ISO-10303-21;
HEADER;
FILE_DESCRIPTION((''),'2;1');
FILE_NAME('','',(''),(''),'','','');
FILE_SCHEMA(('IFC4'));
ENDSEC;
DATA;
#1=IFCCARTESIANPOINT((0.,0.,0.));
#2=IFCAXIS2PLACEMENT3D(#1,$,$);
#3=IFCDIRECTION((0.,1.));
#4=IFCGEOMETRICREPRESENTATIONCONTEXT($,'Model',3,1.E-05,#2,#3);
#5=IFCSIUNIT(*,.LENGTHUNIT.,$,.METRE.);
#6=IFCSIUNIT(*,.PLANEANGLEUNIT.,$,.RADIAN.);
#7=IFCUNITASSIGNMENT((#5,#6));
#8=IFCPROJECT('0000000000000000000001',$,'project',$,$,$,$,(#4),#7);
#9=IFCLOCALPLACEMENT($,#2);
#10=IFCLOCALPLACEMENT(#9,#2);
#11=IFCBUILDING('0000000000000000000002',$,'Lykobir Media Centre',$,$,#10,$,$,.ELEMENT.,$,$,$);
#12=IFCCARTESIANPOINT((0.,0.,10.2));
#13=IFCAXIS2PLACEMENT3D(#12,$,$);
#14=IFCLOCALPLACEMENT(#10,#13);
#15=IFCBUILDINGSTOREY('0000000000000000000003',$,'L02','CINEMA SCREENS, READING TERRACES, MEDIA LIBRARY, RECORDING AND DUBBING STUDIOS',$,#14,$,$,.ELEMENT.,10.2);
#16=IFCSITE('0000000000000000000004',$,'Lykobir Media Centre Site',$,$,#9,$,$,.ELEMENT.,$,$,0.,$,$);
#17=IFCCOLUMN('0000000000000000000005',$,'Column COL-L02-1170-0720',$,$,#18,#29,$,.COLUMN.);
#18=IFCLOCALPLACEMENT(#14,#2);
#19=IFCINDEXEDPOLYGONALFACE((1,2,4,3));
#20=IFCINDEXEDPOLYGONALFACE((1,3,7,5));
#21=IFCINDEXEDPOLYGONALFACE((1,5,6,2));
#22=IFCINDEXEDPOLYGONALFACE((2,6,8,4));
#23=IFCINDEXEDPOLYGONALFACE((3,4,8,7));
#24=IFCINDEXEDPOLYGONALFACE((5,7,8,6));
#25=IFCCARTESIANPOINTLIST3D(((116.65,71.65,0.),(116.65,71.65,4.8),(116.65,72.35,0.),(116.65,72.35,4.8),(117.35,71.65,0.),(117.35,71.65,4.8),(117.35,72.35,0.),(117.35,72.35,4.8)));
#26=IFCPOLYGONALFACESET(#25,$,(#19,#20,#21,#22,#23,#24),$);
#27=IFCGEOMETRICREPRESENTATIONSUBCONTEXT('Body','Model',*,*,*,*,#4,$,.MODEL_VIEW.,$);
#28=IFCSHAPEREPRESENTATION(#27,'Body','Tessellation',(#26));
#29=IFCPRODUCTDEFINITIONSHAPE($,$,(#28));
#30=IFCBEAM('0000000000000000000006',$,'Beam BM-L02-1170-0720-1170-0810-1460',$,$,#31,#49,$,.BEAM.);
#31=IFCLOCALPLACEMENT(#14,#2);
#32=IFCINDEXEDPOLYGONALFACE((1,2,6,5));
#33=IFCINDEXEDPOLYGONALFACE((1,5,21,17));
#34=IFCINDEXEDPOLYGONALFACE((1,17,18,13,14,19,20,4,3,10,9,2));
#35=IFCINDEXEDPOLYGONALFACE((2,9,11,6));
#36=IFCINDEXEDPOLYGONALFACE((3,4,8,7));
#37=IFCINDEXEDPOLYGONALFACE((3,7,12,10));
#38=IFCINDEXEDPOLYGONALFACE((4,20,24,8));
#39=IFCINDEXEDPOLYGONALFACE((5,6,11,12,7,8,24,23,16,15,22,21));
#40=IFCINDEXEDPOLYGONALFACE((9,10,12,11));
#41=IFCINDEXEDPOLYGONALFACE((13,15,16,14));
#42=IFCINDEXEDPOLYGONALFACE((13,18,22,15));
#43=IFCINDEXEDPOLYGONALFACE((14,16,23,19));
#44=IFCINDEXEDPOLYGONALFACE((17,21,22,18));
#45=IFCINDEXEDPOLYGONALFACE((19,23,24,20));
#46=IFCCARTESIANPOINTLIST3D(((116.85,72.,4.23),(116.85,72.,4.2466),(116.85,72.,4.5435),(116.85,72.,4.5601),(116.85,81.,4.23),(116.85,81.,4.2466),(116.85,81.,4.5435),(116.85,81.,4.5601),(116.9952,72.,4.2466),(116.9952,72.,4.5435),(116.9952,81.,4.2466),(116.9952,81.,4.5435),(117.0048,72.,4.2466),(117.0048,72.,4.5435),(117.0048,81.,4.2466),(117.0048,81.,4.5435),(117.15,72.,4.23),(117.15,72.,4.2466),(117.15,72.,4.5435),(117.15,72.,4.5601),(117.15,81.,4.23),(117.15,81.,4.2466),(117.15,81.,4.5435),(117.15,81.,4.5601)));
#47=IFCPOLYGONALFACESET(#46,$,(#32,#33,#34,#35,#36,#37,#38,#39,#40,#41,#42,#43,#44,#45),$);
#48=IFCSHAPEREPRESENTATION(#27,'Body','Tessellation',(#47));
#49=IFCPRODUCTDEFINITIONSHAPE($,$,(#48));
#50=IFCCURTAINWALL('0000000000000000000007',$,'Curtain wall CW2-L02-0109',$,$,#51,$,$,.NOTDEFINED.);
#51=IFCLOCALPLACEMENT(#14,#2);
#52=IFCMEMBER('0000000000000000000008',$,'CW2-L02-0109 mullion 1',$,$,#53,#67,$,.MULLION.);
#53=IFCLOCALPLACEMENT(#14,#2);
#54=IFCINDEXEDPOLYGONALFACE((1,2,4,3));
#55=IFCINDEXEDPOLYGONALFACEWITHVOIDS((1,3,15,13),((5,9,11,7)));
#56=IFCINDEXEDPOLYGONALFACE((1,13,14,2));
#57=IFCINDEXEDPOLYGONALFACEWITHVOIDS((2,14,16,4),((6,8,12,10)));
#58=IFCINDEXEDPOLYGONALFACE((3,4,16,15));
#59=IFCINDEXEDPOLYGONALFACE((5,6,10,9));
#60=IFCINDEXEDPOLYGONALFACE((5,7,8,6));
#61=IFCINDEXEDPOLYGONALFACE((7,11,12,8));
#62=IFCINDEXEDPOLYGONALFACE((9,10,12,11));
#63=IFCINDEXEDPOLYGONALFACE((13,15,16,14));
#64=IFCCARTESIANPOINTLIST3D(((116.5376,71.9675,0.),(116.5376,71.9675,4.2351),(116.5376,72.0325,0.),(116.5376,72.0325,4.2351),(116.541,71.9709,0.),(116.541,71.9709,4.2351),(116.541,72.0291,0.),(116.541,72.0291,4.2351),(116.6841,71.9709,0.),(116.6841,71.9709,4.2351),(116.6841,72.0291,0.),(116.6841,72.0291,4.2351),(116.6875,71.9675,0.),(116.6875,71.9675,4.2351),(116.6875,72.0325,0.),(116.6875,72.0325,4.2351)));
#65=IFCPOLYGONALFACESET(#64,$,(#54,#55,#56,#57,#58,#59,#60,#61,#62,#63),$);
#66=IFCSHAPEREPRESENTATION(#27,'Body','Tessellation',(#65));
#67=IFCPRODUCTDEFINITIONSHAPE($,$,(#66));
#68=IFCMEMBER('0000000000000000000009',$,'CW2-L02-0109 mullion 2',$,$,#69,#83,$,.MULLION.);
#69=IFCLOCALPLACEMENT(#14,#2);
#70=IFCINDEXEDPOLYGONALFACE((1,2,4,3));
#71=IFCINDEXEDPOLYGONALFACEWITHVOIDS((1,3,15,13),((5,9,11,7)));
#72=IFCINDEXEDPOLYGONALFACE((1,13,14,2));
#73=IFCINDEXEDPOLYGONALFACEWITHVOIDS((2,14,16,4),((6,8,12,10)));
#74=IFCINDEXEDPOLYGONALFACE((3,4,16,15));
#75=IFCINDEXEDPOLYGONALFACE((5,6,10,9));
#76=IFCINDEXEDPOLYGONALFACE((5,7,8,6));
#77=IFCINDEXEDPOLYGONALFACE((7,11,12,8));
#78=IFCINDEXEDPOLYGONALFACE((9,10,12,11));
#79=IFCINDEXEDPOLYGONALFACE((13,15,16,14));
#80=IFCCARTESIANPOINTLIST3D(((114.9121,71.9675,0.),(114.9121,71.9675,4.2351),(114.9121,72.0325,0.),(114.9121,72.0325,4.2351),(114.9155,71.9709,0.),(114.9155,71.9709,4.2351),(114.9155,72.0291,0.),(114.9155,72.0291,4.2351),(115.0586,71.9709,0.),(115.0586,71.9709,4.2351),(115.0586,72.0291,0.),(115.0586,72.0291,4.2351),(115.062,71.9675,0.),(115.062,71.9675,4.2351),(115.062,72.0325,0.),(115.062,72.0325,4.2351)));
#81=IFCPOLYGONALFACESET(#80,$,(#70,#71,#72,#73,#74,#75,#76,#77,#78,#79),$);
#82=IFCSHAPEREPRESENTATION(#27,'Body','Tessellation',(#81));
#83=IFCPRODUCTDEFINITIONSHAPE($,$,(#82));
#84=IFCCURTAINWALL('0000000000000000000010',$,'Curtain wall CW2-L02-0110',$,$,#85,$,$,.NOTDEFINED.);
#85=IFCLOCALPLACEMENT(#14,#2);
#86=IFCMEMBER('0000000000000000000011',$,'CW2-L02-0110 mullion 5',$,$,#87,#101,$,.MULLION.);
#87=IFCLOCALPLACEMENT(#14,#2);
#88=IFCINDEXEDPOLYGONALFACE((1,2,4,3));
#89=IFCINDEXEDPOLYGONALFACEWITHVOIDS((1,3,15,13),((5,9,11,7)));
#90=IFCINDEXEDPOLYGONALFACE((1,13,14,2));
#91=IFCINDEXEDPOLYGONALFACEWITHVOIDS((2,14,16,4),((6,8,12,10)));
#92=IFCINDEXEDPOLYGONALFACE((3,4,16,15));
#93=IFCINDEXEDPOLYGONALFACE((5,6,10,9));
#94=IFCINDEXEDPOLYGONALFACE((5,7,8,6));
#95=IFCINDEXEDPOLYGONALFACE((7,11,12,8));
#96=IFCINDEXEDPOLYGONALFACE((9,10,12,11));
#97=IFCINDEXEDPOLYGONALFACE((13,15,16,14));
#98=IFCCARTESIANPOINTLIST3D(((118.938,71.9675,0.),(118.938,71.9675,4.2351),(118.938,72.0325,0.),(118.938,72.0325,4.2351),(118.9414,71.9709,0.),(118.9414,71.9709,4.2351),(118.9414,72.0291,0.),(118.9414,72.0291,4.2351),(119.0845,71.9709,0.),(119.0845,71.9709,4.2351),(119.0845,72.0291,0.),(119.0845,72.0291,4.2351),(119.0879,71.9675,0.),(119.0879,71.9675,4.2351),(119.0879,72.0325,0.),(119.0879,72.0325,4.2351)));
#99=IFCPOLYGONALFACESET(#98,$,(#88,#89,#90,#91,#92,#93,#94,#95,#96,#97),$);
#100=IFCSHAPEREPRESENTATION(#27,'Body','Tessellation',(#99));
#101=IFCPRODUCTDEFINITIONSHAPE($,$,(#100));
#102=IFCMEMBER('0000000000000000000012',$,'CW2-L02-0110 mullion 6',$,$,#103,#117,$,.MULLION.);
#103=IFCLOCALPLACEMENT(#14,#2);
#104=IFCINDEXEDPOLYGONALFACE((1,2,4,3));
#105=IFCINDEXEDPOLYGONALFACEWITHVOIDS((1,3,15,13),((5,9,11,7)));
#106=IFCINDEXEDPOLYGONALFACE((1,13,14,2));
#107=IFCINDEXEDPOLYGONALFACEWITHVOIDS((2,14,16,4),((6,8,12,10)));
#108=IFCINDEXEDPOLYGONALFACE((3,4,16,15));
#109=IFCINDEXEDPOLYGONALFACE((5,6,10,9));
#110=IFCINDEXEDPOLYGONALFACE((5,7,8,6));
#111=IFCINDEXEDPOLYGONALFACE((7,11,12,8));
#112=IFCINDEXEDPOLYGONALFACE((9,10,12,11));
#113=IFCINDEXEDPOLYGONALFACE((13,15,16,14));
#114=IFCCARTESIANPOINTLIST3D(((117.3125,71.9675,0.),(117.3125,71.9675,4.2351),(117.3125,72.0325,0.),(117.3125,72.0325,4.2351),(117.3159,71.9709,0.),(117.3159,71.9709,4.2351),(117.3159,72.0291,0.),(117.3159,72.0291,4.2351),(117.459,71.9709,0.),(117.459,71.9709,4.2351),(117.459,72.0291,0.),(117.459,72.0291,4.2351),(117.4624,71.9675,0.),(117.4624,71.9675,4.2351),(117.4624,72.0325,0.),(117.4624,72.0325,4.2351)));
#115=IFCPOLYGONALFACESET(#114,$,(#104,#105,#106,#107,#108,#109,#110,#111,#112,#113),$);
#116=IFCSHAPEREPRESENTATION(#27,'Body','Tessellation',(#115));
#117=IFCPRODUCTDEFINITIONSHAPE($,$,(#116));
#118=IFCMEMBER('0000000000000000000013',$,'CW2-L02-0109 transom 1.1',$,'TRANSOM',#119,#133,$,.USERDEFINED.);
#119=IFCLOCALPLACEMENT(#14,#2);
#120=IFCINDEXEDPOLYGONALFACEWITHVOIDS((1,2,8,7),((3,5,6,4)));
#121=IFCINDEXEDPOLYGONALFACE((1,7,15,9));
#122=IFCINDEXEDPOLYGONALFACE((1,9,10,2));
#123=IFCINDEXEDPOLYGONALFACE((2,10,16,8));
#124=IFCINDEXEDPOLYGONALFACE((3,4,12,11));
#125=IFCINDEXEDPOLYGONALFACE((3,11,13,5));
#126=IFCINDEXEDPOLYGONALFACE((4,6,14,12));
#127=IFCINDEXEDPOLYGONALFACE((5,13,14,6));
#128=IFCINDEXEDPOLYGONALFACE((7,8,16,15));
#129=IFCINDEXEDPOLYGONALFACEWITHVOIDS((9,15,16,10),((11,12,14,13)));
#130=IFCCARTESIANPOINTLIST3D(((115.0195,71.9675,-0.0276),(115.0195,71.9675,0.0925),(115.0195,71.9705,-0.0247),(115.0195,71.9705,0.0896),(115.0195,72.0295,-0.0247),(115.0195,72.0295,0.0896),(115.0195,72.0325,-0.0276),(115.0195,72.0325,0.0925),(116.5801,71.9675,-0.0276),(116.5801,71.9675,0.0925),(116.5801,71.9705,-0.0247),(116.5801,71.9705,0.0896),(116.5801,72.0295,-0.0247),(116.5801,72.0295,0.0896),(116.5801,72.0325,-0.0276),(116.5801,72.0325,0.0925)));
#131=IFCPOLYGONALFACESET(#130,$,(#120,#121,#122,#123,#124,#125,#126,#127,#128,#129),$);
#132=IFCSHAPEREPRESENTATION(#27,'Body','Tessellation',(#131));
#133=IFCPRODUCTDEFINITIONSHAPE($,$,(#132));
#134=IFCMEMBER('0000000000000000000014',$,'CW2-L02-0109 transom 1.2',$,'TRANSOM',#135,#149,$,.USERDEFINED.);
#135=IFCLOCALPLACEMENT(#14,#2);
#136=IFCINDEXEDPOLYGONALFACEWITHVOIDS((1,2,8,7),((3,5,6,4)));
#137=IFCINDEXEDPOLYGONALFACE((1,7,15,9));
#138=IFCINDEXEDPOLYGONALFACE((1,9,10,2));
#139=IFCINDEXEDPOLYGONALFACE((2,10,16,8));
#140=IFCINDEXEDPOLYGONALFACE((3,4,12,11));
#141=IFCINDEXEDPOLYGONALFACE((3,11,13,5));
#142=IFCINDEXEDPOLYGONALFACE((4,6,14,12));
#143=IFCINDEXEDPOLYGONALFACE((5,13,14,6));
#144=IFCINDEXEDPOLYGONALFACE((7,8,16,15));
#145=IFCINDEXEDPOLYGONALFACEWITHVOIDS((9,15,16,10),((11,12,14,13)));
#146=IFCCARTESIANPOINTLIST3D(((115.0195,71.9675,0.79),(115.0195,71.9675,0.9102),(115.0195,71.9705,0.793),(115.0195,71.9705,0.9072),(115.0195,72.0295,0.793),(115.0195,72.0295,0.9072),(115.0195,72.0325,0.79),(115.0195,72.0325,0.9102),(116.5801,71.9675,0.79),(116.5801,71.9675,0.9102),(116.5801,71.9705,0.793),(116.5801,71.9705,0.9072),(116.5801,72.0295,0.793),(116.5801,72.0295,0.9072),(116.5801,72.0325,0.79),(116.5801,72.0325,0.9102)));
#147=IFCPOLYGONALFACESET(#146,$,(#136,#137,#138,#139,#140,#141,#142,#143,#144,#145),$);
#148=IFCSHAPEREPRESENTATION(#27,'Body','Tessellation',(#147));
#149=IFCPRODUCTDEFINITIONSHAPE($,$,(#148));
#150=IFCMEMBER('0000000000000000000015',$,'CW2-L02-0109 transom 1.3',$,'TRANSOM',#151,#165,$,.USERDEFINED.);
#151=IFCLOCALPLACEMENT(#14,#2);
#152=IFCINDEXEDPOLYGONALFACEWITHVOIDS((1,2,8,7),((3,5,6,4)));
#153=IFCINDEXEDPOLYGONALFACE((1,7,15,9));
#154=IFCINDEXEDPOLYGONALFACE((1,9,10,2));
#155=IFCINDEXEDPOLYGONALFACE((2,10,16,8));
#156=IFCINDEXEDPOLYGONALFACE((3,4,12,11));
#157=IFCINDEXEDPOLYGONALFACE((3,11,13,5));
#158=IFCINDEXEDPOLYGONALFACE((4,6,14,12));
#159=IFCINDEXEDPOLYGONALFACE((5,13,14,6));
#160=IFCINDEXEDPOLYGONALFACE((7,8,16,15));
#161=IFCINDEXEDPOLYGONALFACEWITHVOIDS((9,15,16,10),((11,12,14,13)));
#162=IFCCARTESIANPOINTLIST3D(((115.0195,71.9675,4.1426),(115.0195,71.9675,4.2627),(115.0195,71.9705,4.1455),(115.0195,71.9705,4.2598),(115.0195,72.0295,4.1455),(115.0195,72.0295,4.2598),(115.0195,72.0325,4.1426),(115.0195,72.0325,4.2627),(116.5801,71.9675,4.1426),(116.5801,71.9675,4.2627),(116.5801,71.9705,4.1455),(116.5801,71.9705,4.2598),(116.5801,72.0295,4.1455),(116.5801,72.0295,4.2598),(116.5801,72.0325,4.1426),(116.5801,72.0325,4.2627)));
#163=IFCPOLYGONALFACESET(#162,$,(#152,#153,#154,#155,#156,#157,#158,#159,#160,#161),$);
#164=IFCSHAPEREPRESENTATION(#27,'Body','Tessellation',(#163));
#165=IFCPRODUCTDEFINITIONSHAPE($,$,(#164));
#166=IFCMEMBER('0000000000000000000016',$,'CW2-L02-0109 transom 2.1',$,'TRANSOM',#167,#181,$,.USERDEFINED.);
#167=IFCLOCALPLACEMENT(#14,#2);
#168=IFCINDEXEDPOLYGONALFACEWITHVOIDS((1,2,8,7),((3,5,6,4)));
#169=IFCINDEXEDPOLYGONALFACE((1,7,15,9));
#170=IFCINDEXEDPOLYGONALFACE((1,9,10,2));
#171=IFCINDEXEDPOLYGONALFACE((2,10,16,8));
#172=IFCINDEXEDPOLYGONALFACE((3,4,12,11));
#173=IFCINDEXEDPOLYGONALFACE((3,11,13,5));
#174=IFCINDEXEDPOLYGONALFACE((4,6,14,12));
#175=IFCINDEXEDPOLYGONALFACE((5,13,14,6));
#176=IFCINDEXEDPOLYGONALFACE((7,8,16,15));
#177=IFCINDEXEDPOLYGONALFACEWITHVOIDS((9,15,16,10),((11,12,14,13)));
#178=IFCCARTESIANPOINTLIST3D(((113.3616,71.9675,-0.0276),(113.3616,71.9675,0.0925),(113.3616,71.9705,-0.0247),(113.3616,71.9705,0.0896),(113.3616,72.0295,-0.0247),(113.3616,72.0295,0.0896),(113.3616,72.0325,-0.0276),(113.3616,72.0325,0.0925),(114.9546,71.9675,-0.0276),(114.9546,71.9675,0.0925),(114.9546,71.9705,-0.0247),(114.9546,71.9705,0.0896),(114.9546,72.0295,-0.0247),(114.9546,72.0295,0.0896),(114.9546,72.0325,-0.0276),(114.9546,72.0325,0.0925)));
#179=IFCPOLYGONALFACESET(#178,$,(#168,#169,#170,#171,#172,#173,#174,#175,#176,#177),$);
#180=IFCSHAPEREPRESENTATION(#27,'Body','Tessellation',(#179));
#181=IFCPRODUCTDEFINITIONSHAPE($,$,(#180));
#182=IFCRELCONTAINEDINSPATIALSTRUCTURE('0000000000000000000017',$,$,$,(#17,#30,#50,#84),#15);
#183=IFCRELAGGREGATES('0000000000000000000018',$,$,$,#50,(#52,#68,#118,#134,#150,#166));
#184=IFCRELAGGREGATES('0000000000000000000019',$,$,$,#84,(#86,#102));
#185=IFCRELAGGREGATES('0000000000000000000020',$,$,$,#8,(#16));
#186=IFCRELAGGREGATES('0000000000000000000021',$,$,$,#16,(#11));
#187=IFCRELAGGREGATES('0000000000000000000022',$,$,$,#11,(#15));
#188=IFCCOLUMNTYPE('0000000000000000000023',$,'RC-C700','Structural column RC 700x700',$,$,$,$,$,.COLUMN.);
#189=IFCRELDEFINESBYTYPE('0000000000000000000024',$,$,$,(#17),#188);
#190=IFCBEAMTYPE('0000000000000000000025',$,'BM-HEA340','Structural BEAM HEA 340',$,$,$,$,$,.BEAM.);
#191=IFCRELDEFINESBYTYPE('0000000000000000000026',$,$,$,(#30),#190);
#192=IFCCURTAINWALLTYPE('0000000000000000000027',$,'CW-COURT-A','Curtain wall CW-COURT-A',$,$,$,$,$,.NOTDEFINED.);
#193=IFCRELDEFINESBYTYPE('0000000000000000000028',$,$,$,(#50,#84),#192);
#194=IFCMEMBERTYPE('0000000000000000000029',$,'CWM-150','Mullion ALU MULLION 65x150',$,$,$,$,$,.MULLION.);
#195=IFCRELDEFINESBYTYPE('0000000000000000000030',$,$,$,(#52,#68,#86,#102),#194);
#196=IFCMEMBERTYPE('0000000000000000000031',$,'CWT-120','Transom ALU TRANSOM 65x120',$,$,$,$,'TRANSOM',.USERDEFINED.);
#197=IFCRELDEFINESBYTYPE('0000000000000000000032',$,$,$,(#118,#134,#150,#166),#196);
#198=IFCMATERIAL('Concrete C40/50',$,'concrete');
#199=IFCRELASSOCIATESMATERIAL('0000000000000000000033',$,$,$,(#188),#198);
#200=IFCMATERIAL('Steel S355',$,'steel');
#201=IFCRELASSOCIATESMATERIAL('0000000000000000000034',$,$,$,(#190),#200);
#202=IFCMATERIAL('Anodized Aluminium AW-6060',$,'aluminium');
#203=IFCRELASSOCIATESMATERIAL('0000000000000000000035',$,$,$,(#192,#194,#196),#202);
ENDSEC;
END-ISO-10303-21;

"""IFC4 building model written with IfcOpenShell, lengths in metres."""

from ifc_helpers import new_model, si_unit, direction, frame, origin, origin_2d, place, context, subcontext, project, spatial, rectangle, hollow_rectangle, i_section, extrude, material, material_profile, profile_set, type_object, element, aggregate, save


model = new_model("IFC4")

# Units and contexts
model_context = context("Model", 3, precision=1e-05, world=origin(), true_north=direction((0.0, 1.0)))
body_context = subcontext(model_context, "Body", "Model", "MODEL_VIEW")
ifc_project = project(units=[si_unit("LENGTHUNIT", "METRE"), si_unit("PLANEANGLEUNIT", "RADIAN")], contexts=[model_context])

# Site, building, storey
site_placement = place(None, origin())
site = spatial("IfcSite", under=ifc_project, at=site_placement, Name="Lykobir Media Centre Site", CompositionType="ELEMENT", RefElevation=0.0)
building_placement = place(site_placement, origin())
building = spatial("IfcBuilding", under=site, at=building_placement, Name="Lykobir Media Centre", CompositionType="ELEMENT")
storey_placement = place(building_placement, frame((0.0, 0.0, 10.2)))
storey = spatial("IfcBuildingStorey", under=building, at=storey_placement, Name="L02", Description="CINEMA SCREENS, READING TERRACES, MEDIA LIBRARY, RECORDING AND DUBBING STUDIOS", CompositionType="ELEMENT", Elevation=10.2)

# Column
ifc_material_1 = material(Name="Concrete C40/50", Category="concrete")
ifc_material_profile_1 = material_profile(ifc_material_1, rectangle(XDim=0.7, YDim=0.7, at=origin_2d()), Name="RC 700x700")
ifc_profile_set_1 = profile_set([ifc_material_profile_1], Name="Concrete C40/50")
column_type = type_object("IfcColumnType", Name="RC-C700", Description="Structural column RC 700x700", PredefinedType="COLUMN", material=ifc_profile_set_1)
column_placement = place(storey_placement, frame((117.0, 72.0, 0.0), z_axis=(0.0, 0.0, 1.0), x_axis=(1.0, 0.0, 0.0)))
element("IfcColumn", 1, at=column_placement, inside=storey, type_object=column_type, Name="Column COL-L02-1170-0720", PredefinedType="COLUMN", context=body_context, shape_type="SweptSolid", body=[
    extrude(rectangle(XDim=0.7, YDim=0.7, at=origin_2d()), origin(), (0.0, 0.0, 1.0), 4.8),
])

# Beam
ifc_material_2 = material(Name="Steel S355", Category="steel")
ifc_material_profile_2 = material_profile(ifc_material_2, i_section(OverallWidth=0.3, OverallDepth=0.3301, WebThickness=0.0095, FlangeThickness=0.0166, at=origin_2d()), Name="HEA 340")
ifc_profile_set_2 = profile_set([ifc_material_profile_2], Name="Steel S355")
beam_type_1 = type_object("IfcBeamType", Name="BM-HEA340", Description="Structural BEAM HEA 340", PredefinedType="BEAM", material=ifc_profile_set_2)
beam_1_placement = place(storey_placement, frame((117.0, 72.0, 4.395), z_axis=(0.0, 1.0, 0.0), x_axis=(-1.0, 0.0, 0.0)))
element("IfcBeam", 2, at=beam_1_placement, inside=storey, type_object=beam_type_1, Name="Beam BM-L02-1170-0720-1170-0810-1460", PredefinedType="BEAM", context=body_context, shape_type="SweptSolid", body=[
    extrude(i_section(OverallWidth=0.3, OverallDepth=0.3301, WebThickness=0.0095, FlangeThickness=0.0166, at=origin_2d()), origin(), (0.0, 0.0, 1.0), 9.0),
])

# Curtain walls, members
ifc_material_3 = material(Name="Anodized Aluminium AW-6060", Category="aluminium")
curtain_wall_type = type_object("IfcCurtainWallType", Name="CW-COURT-A", Description="Curtain wall CW-COURT-A", PredefinedType="NOTDEFINED", material=ifc_material_3)
curtain_wall_1_placement = place(storey_placement, origin())
curtain_wall_1 = element("IfcCurtainWall", 3, at=curtain_wall_1_placement, inside=storey, type_object=curtain_wall_type, Name="Curtain wall CW2-L02-0109", PredefinedType="NOTDEFINED")
ifc_material_profile_3 = material_profile(ifc_material_3, hollow_rectangle(XDim=0.0649, YDim=0.1499, WallThickness=0.0034, at=origin_2d()), Name="ALU MULLION 65x150")
ifc_profile_set_3 = profile_set([ifc_material_profile_3], Name="Anodized Aluminium AW-6060")
member_type_1 = type_object("IfcMemberType", Name="CWM-150", Description="Mullion ALU MULLION 65x150", PredefinedType="MULLION", material=ifc_profile_set_3)
member_1_placement = place(storey_placement, frame((116.6125, 72.0, 0.0), z_axis=(0.0, 0.0, 1.0), x_axis=(0.0, -1.0, 0.0)))
member_1 = element("IfcMember", 4, at=member_1_placement, type_object=member_type_1, Name="CW2-L02-0109 mullion 1", PredefinedType="MULLION", context=body_context, shape_type="SweptSolid", body=[
    extrude(hollow_rectangle(XDim=0.0649, YDim=0.1499, WallThickness=0.0034, at=origin_2d()), origin(), (0.0, 0.0, 1.0), 4.2351),
])
member_2_placement = place(storey_placement, frame((114.9871, 72.0, 0.0), z_axis=(0.0, 0.0, 1.0), x_axis=(0.0, -1.0, 0.0)))
member_2 = element("IfcMember", 5, at=member_2_placement, type_object=member_type_1, Name="CW2-L02-0109 mullion 2", PredefinedType="MULLION", context=body_context, shape_type="SweptSolid", body=[
    extrude(hollow_rectangle(XDim=0.0649, YDim=0.1499, WallThickness=0.0034, at=origin_2d()), origin(), (0.0, 0.0, 1.0), 4.2351),
])
curtain_wall_2_placement = place(storey_placement, origin())
curtain_wall_2 = element("IfcCurtainWall", 6, at=curtain_wall_2_placement, inside=storey, type_object=curtain_wall_type, Name="Curtain wall CW2-L02-0110", PredefinedType="NOTDEFINED")
member_3_placement = place(storey_placement, frame((119.0129, 72.0, 0.0), z_axis=(0.0, 0.0, 1.0), x_axis=(0.0, -1.0, 0.0)))
member_3 = element("IfcMember", 7, at=member_3_placement, type_object=member_type_1, Name="CW2-L02-0110 mullion 5", PredefinedType="MULLION", context=body_context, shape_type="SweptSolid", body=[
    extrude(hollow_rectangle(XDim=0.0649, YDim=0.1499, WallThickness=0.0034, at=origin_2d()), origin(), (0.0, 0.0, 1.0), 4.2351),
])
member_4_placement = place(storey_placement, frame((117.3875, 72.0, 0.0), z_axis=(0.0, 0.0, 1.0), x_axis=(0.0, -1.0, 0.0)))
member_4 = element("IfcMember", 8, at=member_4_placement, type_object=member_type_1, Name="CW2-L02-0110 mullion 6", PredefinedType="MULLION", context=body_context, shape_type="SweptSolid", body=[
    extrude(hollow_rectangle(XDim=0.0649, YDim=0.1499, WallThickness=0.0034, at=origin_2d()), origin(), (0.0, 0.0, 1.0), 4.2351),
])

# Members
ifc_material_profile_4 = material_profile(ifc_material_3, hollow_rectangle(XDim=0.0649, YDim=0.1201, WallThickness=0.0029, at=origin_2d()), Name="ALU TRANSOM 65x120")
ifc_profile_set_4 = profile_set([ifc_material_profile_4], Name="Anodized Aluminium AW-6060")
member_type_2 = type_object("IfcMemberType", Name="CWT-120", Description="Transom ALU TRANSOM 65x120", ElementType="TRANSOM", PredefinedType="USERDEFINED", material=ifc_profile_set_4)
member_5_placement = place(storey_placement, frame((116.5801, 72.0, 0.0325), z_axis=(-1.0, 0.0, 0.0), x_axis=(0.0, -1.0, 0.0)))
member_5 = element("IfcMember", 9, at=member_5_placement, type_object=member_type_2, Name="CW2-L02-0109 transom 1.1", ObjectType="TRANSOM", PredefinedType="USERDEFINED", context=body_context, shape_type="SweptSolid", body=[
    extrude(hollow_rectangle(XDim=0.0649, YDim=0.1201, WallThickness=0.0029, at=origin_2d()), origin(), (0.0, 0.0, 1.0), 1.5605),
])
member_6_placement = place(storey_placement, frame((116.5801, 72.0, 0.8501), z_axis=(-1.0, 0.0, 0.0), x_axis=(0.0, -1.0, 0.0)))
member_6 = element("IfcMember", 10, at=member_6_placement, type_object=member_type_2, Name="CW2-L02-0109 transom 1.2", ObjectType="TRANSOM", PredefinedType="USERDEFINED", context=body_context, shape_type="SweptSolid", body=[
    extrude(hollow_rectangle(XDim=0.0649, YDim=0.1201, WallThickness=0.0029, at=origin_2d()), origin(), (0.0, 0.0, 1.0), 1.5605),
])
member_7_placement = place(storey_placement, frame((116.5801, 72.0, 4.2026), z_axis=(-1.0, 0.0, 0.0), x_axis=(0.0, -1.0, 0.0)))
member_7 = element("IfcMember", 11, at=member_7_placement, type_object=member_type_2, Name="CW2-L02-0109 transom 1.3", ObjectType="TRANSOM", PredefinedType="USERDEFINED", context=body_context, shape_type="SweptSolid", body=[
    extrude(hollow_rectangle(XDim=0.0649, YDim=0.1201, WallThickness=0.0029, at=origin_2d()), origin(), (0.0, 0.0, 1.0), 1.5605),
])
member_8_placement = place(storey_placement, frame((114.9546, 72.0, 0.0325), z_axis=(-1.0, 0.0, 0.0), x_axis=(0.0, -1.0, 0.0)))
member_8 = element("IfcMember", 12, at=member_8_placement, type_object=member_type_2, Name="CW2-L02-0109 transom 2.1", ObjectType="TRANSOM", PredefinedType="USERDEFINED", context=body_context, shape_type="SweptSolid", body=[
    extrude(hollow_rectangle(XDim=0.0649, YDim=0.1201, WallThickness=0.0029, at=origin_2d()), origin(), (0.0, 0.0, 1.0), 1.593),
])

aggregate(curtain_wall_1, [member_1, member_2, member_5, member_6, member_7, member_8])
aggregate(curtain_wall_2, [member_3, member_4])

save(model, "model.ifc")
